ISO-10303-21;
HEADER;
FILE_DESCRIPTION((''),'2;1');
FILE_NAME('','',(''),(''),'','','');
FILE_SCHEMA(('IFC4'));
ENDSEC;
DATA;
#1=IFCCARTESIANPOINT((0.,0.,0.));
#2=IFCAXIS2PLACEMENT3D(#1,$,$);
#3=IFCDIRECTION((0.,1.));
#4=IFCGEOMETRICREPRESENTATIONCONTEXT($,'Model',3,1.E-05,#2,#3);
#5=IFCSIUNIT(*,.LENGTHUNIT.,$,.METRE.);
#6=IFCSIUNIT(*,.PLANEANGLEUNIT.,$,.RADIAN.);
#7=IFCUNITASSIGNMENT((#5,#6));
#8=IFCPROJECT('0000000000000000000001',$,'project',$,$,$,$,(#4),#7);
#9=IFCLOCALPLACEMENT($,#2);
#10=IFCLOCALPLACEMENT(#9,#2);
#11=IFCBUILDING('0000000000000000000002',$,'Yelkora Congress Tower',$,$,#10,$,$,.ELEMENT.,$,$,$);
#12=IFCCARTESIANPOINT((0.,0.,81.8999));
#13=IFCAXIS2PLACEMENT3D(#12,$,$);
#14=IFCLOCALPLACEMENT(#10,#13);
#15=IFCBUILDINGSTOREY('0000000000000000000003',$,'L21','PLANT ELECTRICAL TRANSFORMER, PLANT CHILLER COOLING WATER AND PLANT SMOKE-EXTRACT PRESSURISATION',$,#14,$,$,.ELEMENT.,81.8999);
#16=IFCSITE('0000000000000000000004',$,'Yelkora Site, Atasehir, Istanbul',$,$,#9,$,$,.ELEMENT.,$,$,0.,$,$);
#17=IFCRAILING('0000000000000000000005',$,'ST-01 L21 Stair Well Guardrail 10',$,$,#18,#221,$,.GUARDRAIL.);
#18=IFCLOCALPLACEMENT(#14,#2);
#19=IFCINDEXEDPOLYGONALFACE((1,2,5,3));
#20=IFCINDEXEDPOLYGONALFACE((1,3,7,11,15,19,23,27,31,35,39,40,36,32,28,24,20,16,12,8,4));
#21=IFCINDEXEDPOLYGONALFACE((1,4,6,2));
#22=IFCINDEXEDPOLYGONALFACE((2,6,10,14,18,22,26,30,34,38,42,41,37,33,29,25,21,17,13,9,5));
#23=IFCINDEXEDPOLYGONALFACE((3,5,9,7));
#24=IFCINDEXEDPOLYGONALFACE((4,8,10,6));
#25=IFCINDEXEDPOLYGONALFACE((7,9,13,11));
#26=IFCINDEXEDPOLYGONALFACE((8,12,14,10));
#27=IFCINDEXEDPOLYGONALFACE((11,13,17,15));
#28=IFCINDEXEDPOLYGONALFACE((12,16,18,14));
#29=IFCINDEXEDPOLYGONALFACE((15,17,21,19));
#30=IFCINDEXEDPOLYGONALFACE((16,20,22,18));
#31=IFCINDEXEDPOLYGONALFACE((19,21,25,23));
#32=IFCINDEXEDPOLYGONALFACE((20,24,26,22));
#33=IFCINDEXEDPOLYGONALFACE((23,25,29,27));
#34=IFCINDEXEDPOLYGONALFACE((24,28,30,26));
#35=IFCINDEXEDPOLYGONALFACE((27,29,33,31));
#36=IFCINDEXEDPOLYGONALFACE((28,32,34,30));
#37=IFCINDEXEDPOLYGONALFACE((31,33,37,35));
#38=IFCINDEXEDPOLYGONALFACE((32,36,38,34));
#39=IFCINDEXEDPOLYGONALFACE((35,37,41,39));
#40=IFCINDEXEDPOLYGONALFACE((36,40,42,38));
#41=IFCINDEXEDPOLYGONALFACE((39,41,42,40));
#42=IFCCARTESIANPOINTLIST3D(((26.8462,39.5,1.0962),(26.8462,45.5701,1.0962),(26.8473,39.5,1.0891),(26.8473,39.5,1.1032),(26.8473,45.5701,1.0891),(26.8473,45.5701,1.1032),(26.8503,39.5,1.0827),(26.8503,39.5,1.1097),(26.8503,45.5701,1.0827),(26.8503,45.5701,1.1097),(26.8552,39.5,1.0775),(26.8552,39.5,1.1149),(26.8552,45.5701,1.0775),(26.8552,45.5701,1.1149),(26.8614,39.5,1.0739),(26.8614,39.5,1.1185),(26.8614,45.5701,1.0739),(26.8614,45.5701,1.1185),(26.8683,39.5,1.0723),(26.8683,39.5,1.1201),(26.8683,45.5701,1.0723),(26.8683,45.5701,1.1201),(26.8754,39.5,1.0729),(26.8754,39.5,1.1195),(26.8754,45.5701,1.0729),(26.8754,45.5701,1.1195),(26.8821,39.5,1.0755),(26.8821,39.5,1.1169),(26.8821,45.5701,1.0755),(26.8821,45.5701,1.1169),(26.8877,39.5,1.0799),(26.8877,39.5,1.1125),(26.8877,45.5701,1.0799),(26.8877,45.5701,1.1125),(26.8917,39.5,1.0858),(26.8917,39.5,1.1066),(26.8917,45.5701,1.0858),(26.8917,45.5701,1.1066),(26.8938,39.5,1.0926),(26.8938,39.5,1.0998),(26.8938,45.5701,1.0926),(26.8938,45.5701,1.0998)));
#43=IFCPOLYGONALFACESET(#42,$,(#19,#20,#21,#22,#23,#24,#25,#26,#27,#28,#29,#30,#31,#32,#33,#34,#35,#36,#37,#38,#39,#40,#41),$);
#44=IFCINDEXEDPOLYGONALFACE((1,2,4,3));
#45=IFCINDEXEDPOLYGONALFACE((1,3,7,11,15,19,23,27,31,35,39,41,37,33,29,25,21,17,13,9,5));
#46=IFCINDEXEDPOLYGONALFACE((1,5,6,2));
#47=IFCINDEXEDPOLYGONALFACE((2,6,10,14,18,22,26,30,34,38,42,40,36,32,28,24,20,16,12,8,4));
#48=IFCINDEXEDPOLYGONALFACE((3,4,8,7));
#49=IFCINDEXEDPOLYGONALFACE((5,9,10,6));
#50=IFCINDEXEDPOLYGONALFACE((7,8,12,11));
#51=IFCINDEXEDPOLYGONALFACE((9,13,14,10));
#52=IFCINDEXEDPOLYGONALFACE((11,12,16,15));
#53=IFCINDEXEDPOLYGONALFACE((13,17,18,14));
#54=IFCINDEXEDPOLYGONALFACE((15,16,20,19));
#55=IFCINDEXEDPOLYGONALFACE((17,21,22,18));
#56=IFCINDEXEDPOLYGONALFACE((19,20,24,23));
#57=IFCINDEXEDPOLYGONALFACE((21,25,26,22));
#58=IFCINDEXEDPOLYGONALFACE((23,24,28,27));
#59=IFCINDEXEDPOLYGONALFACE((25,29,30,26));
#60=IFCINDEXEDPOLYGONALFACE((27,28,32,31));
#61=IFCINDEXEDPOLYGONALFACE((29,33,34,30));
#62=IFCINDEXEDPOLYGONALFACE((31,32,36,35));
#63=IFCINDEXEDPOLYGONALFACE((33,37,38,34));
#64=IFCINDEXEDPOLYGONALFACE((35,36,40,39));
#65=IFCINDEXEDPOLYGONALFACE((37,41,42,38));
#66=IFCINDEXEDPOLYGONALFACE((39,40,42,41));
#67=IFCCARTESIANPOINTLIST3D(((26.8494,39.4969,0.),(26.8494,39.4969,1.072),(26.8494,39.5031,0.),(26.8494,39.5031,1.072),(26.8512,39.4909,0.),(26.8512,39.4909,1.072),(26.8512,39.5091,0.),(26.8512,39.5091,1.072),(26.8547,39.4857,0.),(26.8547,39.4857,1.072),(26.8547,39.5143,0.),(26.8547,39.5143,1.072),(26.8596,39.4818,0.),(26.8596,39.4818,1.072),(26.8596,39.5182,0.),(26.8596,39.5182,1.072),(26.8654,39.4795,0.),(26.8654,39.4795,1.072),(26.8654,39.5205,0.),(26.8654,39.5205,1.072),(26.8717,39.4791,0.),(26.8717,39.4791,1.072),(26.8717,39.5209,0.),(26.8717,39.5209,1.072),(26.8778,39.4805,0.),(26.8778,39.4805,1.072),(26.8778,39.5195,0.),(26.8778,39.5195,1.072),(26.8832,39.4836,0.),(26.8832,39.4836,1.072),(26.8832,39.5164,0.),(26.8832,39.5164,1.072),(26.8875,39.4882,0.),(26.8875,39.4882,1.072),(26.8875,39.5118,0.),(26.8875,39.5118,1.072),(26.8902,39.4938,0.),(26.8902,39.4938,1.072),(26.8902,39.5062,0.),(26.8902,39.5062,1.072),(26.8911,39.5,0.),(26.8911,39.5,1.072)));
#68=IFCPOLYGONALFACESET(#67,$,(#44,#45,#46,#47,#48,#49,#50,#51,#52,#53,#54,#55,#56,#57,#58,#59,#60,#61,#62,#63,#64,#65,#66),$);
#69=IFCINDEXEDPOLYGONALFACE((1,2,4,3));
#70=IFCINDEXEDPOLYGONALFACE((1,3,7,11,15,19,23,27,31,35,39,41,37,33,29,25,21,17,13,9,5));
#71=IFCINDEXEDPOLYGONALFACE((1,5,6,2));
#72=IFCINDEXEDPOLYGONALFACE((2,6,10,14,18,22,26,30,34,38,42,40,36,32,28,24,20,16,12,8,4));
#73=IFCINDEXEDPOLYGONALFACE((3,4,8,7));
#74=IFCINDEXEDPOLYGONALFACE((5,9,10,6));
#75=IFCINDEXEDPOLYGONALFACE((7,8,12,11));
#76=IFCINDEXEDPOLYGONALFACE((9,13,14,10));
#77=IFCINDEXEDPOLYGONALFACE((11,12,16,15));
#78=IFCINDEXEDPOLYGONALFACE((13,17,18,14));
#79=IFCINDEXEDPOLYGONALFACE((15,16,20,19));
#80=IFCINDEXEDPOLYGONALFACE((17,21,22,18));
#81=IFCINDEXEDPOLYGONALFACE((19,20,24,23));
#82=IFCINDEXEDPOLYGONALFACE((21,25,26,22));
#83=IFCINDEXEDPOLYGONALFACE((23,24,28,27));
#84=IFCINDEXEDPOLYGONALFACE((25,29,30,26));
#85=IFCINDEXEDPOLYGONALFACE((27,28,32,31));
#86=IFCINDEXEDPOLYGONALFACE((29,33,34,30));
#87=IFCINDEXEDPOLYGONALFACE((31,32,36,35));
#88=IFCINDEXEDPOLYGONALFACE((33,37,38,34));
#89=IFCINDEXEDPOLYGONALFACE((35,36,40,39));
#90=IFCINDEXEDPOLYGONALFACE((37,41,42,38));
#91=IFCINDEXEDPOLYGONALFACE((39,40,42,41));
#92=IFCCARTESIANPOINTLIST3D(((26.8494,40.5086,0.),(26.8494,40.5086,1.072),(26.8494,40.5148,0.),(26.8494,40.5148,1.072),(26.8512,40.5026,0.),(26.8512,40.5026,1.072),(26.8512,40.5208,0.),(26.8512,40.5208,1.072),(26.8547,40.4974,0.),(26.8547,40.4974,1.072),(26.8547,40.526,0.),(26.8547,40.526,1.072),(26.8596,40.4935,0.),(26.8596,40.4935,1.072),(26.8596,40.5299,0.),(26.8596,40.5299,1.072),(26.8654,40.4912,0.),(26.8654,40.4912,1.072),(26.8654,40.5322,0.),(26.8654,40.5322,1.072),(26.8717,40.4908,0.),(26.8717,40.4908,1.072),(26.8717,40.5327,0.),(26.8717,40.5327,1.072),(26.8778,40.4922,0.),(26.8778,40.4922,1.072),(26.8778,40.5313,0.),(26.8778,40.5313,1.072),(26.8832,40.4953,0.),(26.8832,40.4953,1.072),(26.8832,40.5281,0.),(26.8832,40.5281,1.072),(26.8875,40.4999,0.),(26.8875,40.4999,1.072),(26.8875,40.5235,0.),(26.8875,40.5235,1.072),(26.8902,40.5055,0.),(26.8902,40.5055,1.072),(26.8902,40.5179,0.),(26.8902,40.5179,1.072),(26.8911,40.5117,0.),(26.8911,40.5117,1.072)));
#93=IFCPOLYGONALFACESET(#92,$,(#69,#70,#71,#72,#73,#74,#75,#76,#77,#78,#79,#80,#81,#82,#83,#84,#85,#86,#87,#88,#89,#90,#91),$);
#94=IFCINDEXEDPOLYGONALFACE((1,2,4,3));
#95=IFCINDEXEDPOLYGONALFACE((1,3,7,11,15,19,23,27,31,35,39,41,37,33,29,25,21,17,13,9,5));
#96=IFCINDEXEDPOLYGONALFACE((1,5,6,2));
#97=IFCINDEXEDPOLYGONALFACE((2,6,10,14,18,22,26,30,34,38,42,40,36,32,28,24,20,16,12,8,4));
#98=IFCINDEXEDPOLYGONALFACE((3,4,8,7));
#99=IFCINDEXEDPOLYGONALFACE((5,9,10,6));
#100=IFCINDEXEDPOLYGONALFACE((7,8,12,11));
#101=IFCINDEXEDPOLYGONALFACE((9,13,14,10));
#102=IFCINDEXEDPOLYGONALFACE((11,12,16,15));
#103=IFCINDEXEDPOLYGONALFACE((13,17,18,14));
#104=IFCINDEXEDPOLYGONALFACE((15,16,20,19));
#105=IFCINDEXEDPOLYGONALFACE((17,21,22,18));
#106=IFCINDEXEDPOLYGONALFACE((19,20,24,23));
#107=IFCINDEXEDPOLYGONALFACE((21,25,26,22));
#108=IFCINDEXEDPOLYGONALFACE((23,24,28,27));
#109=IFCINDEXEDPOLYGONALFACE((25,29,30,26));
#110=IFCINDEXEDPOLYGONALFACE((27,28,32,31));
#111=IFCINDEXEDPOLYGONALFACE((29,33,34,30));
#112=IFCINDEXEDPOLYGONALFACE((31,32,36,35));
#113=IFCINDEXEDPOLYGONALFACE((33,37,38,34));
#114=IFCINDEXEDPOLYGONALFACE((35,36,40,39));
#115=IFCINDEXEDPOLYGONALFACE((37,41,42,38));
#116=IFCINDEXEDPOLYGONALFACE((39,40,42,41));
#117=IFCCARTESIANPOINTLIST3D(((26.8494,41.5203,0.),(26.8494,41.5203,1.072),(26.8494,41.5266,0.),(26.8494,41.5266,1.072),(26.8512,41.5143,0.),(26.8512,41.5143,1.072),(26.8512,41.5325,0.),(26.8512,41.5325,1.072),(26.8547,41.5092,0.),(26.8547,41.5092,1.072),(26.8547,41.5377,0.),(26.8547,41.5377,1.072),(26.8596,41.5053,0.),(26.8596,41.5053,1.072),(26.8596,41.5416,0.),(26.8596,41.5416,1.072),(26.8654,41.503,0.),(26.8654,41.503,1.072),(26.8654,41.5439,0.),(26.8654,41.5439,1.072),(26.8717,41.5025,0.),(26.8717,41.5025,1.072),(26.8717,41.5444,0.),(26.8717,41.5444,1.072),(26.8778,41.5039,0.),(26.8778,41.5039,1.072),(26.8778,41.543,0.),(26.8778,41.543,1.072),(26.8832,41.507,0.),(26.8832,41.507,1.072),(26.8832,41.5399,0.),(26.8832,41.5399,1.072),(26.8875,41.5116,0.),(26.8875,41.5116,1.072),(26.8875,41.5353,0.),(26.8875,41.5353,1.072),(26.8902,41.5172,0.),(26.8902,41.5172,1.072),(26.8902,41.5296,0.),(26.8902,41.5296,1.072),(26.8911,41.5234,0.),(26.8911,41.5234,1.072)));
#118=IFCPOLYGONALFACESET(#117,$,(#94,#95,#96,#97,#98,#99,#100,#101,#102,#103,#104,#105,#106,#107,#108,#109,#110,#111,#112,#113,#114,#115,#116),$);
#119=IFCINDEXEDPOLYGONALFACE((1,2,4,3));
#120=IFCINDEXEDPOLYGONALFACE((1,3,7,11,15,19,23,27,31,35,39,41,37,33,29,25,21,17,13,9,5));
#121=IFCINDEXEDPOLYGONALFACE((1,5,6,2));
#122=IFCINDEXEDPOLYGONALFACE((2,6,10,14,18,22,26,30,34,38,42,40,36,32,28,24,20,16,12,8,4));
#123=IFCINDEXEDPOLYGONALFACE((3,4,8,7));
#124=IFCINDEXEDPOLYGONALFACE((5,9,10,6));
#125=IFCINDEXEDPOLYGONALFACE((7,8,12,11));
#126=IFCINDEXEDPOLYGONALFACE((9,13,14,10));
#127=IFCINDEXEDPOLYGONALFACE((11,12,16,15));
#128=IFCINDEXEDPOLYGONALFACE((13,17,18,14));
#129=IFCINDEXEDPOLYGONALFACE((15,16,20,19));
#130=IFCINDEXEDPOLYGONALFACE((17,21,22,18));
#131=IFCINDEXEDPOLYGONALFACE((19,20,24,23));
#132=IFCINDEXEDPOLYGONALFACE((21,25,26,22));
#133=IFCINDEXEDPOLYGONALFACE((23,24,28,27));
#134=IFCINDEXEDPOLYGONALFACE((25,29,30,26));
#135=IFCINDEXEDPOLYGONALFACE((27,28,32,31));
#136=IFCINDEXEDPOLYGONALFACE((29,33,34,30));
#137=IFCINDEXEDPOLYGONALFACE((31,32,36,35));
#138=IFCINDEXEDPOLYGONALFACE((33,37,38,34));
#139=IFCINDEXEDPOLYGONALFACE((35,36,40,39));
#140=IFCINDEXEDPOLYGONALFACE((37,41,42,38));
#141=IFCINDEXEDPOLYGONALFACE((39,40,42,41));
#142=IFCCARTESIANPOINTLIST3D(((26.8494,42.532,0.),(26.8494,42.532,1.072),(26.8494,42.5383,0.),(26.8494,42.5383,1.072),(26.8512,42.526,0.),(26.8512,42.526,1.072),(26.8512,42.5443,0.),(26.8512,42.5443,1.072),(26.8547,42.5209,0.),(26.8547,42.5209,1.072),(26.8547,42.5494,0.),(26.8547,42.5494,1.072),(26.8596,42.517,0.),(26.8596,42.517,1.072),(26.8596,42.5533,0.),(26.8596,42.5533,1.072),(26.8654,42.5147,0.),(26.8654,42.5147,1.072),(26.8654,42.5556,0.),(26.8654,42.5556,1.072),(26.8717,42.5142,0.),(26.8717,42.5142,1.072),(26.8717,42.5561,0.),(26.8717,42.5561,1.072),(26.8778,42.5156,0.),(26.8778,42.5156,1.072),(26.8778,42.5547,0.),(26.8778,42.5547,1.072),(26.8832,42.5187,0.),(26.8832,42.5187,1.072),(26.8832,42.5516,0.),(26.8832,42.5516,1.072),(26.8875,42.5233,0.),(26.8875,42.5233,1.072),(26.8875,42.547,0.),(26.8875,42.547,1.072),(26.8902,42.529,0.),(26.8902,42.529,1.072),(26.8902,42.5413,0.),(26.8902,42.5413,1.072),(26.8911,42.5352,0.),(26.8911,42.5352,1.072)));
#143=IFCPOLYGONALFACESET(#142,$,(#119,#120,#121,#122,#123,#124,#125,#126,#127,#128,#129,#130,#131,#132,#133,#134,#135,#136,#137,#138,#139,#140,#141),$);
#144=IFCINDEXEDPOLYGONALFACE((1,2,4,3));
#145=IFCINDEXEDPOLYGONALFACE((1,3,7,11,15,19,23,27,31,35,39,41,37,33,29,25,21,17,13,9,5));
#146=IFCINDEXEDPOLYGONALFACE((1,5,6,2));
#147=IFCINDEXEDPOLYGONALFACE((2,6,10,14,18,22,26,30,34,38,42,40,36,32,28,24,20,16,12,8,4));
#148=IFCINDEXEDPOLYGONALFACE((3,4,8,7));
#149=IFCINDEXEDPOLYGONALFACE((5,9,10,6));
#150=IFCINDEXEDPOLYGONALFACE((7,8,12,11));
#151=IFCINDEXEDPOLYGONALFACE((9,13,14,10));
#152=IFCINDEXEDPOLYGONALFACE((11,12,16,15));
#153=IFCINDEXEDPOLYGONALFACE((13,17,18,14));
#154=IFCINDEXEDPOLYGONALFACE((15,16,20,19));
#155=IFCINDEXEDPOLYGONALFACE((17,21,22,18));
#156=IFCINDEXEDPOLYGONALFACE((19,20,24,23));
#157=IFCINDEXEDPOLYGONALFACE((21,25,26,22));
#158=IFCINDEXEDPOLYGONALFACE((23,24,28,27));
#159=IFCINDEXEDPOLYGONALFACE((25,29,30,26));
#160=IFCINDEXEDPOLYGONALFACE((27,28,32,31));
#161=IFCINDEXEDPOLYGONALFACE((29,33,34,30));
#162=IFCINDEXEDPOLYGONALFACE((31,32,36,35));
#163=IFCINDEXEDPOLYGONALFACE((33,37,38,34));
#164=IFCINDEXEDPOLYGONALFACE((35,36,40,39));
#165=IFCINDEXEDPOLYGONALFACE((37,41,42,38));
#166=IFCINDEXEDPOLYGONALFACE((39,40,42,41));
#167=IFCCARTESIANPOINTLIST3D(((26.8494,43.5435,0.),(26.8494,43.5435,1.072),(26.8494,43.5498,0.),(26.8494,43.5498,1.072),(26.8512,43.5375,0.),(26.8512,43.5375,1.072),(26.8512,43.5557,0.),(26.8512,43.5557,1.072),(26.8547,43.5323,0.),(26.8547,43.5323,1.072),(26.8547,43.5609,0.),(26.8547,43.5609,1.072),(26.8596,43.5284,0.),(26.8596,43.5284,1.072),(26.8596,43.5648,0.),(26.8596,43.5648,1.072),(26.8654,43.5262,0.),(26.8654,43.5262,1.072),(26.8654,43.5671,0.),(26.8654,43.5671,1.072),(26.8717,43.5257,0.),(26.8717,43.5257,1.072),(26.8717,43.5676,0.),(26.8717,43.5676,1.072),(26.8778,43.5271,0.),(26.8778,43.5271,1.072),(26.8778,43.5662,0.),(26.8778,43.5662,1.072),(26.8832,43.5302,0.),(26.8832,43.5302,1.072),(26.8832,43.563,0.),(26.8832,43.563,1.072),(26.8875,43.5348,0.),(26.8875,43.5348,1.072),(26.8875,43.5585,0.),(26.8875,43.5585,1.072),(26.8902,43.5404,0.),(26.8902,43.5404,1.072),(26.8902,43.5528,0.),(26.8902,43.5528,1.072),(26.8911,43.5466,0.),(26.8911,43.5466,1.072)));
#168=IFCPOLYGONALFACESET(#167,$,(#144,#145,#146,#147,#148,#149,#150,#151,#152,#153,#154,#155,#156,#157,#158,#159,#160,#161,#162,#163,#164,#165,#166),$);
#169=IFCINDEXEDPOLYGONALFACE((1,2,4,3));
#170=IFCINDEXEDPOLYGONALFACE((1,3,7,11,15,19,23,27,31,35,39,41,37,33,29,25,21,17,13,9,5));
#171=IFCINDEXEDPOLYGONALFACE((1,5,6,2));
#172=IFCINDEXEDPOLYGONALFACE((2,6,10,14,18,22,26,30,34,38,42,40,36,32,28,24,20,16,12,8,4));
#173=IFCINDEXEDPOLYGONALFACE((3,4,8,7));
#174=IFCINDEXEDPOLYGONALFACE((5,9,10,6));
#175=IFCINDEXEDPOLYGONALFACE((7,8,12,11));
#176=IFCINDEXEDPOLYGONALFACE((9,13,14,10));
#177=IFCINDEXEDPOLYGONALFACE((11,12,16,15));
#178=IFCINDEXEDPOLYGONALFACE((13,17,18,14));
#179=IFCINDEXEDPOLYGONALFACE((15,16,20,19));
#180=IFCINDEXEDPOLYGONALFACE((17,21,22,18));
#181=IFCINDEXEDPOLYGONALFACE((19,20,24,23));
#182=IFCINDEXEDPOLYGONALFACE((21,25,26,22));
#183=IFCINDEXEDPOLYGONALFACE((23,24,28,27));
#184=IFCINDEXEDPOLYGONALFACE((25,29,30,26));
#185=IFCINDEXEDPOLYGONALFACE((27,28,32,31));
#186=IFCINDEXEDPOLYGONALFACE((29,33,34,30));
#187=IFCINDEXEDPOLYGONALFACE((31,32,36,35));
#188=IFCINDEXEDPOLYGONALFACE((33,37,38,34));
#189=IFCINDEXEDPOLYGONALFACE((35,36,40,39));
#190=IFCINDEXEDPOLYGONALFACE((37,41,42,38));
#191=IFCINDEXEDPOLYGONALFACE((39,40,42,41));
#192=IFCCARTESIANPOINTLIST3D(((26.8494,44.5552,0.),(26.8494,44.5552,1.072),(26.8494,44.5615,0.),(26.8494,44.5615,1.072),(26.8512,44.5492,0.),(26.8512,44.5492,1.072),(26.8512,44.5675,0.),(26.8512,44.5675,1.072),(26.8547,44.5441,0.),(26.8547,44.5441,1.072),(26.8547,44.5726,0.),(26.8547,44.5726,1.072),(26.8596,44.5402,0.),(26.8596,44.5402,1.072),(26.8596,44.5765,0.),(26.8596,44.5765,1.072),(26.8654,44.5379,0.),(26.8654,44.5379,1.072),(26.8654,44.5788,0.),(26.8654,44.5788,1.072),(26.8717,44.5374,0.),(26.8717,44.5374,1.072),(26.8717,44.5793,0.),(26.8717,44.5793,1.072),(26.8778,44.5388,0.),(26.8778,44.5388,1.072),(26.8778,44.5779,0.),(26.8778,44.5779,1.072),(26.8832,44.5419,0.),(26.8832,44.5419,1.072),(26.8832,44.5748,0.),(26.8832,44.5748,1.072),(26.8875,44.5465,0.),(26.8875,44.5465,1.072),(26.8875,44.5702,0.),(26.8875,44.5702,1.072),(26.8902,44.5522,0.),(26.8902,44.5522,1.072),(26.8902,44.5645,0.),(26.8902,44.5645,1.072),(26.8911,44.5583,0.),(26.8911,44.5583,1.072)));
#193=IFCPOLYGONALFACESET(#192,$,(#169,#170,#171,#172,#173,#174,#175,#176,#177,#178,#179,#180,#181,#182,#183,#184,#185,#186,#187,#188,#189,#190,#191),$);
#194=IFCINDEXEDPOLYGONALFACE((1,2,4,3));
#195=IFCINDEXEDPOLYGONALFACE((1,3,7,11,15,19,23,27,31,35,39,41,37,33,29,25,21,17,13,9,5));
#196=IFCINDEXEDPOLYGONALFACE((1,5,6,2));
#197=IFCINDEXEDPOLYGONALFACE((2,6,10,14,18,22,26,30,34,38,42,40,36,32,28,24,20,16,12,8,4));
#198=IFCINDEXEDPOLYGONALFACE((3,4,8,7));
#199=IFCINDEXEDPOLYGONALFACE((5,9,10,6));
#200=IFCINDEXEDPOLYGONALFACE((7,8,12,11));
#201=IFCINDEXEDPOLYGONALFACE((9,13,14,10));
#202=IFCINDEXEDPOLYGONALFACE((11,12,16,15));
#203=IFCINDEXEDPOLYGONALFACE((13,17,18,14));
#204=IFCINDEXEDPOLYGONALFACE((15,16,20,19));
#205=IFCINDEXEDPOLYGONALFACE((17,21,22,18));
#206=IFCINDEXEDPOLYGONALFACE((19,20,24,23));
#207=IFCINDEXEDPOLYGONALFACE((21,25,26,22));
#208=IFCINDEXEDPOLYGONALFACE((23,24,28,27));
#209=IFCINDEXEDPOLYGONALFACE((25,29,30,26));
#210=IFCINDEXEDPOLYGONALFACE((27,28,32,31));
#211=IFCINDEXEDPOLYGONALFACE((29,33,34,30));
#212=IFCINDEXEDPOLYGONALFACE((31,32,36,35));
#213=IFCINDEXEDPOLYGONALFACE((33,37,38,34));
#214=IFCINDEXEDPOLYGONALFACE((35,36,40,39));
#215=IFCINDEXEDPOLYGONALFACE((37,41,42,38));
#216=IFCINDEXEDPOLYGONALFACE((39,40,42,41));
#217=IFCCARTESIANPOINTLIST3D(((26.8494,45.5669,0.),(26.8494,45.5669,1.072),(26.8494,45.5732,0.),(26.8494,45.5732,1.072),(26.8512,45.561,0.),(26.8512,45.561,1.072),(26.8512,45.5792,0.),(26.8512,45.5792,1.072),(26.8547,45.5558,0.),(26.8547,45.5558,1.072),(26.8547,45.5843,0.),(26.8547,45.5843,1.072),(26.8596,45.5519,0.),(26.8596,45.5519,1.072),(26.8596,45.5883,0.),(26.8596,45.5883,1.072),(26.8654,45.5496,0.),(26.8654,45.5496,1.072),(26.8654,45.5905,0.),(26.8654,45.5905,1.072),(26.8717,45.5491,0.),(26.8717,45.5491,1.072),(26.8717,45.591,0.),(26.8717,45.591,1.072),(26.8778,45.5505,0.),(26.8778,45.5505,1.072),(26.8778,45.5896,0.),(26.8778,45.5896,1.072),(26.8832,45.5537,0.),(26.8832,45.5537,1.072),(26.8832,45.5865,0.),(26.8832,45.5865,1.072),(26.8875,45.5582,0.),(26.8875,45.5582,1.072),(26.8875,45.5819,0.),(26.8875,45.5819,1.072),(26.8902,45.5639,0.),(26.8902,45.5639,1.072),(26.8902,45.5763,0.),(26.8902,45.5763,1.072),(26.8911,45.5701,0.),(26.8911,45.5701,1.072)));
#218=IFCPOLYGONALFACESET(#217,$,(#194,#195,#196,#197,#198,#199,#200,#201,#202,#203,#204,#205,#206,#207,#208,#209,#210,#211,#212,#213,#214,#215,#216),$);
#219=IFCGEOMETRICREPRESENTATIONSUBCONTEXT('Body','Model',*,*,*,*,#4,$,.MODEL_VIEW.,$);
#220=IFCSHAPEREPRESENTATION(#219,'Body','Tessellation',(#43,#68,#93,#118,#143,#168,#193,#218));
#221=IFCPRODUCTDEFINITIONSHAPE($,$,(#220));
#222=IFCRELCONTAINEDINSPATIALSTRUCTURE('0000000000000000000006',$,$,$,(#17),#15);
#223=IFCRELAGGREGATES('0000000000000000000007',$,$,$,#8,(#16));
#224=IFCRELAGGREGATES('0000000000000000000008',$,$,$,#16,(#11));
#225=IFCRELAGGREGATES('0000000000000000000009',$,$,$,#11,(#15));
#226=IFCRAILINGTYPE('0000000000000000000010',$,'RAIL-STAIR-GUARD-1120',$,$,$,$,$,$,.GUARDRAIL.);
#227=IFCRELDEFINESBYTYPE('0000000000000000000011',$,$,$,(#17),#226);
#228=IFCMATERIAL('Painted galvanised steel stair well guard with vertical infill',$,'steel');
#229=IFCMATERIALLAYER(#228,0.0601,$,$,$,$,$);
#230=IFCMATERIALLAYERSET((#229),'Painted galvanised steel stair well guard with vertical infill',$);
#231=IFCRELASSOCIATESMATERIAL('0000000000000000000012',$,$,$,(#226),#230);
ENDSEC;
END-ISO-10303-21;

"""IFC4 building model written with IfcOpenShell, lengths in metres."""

from ifc_helpers import new_model, si_unit, direction, frame, origin, origin_2d, place, context, subcontext, project, spatial, circle, extrude, material, layer, layer_set, type_object, element, save


model = new_model("IFC4")

# Units and contexts
model_context = context("Model", 3, precision=1e-05, world=origin(), true_north=direction((0.0, 1.0)))
body_context = subcontext(model_context, "Body", "Model", "MODEL_VIEW")
ifc_project = project(units=[si_unit("LENGTHUNIT", "METRE"), si_unit("PLANEANGLEUNIT", "RADIAN")], contexts=[model_context])

# Site, building, storey
site_placement = place(None, origin())
site = spatial("IfcSite", under=ifc_project, at=site_placement, Name="Yelkora Site, Atasehir, Istanbul", CompositionType="ELEMENT", RefElevation=0.0)
building_placement = place(site_placement, origin())
building = spatial("IfcBuilding", under=site, at=building_placement, Name="Yelkora Congress Tower", CompositionType="ELEMENT")
storey_placement = place(building_placement, frame((0.0, 0.0, 81.8999)))
storey = spatial("IfcBuildingStorey", under=building, at=storey_placement, Name="L21", Description="PLANT ELECTRICAL TRANSFORMER, PLANT CHILLER COOLING WATER AND PLANT SMOKE-EXTRACT PRESSURISATION", CompositionType="ELEMENT", Elevation=81.8999)

# Railing
ifc_material_1 = material(Name="Painted galvanised steel stair well guard with vertical infill", Category="steel")
ifc_layer_1 = layer(ifc_material_1, 0.0601)
ifc_layer_set_1 = layer_set([ifc_layer_1], Name="Painted galvanised steel stair well guard with vertical infill")
railing_type_1 = type_object("IfcRailingType", Name="RAIL-STAIR-GUARD-1120", PredefinedType="GUARDRAIL", material=ifc_layer_set_1)
railing_1_placement = place(storey_placement, frame((26.8701, 39.5, 0.0)))
element("IfcRailing", 1, at=railing_1_placement, inside=storey, type_object=railing_type_1, Name="ST-01 L21 Stair Well Guardrail 10", PredefinedType="GUARDRAIL", context=body_context, shape_type="SweptSolid", body=[
    extrude(circle(Radius=0.0239, at=origin_2d()), frame((0.0, 0.0, 1.0962), z_axis=(0.0, 1.0, 0.0), x_axis=(-1.0, 0.0, 0.0)), (0.0, 0.0, 1.0), 6.0701),
    extrude(circle(Radius=0.021, at=origin_2d()), origin(), (0.0, 0.0, 1.0), 1.072),
    extrude(circle(Radius=0.021, at=origin_2d()), frame((0.0, 1.0117, 0.0)), (0.0, 0.0, 1.0), 1.072),
    extrude(circle(Radius=0.021, at=origin_2d()), frame((0.0, 2.0234, 0.0)), (0.0, 0.0, 1.0), 1.072),
    extrude(circle(Radius=0.021, at=origin_2d()), frame((0.0, 3.0352, 0.0)), (0.0, 0.0, 1.0), 1.072),
    extrude(circle(Radius=0.021, at=origin_2d()), frame((0.0, 4.0466, 0.0)), (0.0, 0.0, 1.0), 1.072),
    extrude(circle(Radius=0.021, at=origin_2d()), frame((0.0, 5.0583, 0.0)), (0.0, 0.0, 1.0), 1.072),
    extrude(circle(Radius=0.021, at=origin_2d()), frame((0.0, 6.0701, 0.0)), (0.0, 0.0, 1.0), 1.072),
])

save(model, "model.ifc")
